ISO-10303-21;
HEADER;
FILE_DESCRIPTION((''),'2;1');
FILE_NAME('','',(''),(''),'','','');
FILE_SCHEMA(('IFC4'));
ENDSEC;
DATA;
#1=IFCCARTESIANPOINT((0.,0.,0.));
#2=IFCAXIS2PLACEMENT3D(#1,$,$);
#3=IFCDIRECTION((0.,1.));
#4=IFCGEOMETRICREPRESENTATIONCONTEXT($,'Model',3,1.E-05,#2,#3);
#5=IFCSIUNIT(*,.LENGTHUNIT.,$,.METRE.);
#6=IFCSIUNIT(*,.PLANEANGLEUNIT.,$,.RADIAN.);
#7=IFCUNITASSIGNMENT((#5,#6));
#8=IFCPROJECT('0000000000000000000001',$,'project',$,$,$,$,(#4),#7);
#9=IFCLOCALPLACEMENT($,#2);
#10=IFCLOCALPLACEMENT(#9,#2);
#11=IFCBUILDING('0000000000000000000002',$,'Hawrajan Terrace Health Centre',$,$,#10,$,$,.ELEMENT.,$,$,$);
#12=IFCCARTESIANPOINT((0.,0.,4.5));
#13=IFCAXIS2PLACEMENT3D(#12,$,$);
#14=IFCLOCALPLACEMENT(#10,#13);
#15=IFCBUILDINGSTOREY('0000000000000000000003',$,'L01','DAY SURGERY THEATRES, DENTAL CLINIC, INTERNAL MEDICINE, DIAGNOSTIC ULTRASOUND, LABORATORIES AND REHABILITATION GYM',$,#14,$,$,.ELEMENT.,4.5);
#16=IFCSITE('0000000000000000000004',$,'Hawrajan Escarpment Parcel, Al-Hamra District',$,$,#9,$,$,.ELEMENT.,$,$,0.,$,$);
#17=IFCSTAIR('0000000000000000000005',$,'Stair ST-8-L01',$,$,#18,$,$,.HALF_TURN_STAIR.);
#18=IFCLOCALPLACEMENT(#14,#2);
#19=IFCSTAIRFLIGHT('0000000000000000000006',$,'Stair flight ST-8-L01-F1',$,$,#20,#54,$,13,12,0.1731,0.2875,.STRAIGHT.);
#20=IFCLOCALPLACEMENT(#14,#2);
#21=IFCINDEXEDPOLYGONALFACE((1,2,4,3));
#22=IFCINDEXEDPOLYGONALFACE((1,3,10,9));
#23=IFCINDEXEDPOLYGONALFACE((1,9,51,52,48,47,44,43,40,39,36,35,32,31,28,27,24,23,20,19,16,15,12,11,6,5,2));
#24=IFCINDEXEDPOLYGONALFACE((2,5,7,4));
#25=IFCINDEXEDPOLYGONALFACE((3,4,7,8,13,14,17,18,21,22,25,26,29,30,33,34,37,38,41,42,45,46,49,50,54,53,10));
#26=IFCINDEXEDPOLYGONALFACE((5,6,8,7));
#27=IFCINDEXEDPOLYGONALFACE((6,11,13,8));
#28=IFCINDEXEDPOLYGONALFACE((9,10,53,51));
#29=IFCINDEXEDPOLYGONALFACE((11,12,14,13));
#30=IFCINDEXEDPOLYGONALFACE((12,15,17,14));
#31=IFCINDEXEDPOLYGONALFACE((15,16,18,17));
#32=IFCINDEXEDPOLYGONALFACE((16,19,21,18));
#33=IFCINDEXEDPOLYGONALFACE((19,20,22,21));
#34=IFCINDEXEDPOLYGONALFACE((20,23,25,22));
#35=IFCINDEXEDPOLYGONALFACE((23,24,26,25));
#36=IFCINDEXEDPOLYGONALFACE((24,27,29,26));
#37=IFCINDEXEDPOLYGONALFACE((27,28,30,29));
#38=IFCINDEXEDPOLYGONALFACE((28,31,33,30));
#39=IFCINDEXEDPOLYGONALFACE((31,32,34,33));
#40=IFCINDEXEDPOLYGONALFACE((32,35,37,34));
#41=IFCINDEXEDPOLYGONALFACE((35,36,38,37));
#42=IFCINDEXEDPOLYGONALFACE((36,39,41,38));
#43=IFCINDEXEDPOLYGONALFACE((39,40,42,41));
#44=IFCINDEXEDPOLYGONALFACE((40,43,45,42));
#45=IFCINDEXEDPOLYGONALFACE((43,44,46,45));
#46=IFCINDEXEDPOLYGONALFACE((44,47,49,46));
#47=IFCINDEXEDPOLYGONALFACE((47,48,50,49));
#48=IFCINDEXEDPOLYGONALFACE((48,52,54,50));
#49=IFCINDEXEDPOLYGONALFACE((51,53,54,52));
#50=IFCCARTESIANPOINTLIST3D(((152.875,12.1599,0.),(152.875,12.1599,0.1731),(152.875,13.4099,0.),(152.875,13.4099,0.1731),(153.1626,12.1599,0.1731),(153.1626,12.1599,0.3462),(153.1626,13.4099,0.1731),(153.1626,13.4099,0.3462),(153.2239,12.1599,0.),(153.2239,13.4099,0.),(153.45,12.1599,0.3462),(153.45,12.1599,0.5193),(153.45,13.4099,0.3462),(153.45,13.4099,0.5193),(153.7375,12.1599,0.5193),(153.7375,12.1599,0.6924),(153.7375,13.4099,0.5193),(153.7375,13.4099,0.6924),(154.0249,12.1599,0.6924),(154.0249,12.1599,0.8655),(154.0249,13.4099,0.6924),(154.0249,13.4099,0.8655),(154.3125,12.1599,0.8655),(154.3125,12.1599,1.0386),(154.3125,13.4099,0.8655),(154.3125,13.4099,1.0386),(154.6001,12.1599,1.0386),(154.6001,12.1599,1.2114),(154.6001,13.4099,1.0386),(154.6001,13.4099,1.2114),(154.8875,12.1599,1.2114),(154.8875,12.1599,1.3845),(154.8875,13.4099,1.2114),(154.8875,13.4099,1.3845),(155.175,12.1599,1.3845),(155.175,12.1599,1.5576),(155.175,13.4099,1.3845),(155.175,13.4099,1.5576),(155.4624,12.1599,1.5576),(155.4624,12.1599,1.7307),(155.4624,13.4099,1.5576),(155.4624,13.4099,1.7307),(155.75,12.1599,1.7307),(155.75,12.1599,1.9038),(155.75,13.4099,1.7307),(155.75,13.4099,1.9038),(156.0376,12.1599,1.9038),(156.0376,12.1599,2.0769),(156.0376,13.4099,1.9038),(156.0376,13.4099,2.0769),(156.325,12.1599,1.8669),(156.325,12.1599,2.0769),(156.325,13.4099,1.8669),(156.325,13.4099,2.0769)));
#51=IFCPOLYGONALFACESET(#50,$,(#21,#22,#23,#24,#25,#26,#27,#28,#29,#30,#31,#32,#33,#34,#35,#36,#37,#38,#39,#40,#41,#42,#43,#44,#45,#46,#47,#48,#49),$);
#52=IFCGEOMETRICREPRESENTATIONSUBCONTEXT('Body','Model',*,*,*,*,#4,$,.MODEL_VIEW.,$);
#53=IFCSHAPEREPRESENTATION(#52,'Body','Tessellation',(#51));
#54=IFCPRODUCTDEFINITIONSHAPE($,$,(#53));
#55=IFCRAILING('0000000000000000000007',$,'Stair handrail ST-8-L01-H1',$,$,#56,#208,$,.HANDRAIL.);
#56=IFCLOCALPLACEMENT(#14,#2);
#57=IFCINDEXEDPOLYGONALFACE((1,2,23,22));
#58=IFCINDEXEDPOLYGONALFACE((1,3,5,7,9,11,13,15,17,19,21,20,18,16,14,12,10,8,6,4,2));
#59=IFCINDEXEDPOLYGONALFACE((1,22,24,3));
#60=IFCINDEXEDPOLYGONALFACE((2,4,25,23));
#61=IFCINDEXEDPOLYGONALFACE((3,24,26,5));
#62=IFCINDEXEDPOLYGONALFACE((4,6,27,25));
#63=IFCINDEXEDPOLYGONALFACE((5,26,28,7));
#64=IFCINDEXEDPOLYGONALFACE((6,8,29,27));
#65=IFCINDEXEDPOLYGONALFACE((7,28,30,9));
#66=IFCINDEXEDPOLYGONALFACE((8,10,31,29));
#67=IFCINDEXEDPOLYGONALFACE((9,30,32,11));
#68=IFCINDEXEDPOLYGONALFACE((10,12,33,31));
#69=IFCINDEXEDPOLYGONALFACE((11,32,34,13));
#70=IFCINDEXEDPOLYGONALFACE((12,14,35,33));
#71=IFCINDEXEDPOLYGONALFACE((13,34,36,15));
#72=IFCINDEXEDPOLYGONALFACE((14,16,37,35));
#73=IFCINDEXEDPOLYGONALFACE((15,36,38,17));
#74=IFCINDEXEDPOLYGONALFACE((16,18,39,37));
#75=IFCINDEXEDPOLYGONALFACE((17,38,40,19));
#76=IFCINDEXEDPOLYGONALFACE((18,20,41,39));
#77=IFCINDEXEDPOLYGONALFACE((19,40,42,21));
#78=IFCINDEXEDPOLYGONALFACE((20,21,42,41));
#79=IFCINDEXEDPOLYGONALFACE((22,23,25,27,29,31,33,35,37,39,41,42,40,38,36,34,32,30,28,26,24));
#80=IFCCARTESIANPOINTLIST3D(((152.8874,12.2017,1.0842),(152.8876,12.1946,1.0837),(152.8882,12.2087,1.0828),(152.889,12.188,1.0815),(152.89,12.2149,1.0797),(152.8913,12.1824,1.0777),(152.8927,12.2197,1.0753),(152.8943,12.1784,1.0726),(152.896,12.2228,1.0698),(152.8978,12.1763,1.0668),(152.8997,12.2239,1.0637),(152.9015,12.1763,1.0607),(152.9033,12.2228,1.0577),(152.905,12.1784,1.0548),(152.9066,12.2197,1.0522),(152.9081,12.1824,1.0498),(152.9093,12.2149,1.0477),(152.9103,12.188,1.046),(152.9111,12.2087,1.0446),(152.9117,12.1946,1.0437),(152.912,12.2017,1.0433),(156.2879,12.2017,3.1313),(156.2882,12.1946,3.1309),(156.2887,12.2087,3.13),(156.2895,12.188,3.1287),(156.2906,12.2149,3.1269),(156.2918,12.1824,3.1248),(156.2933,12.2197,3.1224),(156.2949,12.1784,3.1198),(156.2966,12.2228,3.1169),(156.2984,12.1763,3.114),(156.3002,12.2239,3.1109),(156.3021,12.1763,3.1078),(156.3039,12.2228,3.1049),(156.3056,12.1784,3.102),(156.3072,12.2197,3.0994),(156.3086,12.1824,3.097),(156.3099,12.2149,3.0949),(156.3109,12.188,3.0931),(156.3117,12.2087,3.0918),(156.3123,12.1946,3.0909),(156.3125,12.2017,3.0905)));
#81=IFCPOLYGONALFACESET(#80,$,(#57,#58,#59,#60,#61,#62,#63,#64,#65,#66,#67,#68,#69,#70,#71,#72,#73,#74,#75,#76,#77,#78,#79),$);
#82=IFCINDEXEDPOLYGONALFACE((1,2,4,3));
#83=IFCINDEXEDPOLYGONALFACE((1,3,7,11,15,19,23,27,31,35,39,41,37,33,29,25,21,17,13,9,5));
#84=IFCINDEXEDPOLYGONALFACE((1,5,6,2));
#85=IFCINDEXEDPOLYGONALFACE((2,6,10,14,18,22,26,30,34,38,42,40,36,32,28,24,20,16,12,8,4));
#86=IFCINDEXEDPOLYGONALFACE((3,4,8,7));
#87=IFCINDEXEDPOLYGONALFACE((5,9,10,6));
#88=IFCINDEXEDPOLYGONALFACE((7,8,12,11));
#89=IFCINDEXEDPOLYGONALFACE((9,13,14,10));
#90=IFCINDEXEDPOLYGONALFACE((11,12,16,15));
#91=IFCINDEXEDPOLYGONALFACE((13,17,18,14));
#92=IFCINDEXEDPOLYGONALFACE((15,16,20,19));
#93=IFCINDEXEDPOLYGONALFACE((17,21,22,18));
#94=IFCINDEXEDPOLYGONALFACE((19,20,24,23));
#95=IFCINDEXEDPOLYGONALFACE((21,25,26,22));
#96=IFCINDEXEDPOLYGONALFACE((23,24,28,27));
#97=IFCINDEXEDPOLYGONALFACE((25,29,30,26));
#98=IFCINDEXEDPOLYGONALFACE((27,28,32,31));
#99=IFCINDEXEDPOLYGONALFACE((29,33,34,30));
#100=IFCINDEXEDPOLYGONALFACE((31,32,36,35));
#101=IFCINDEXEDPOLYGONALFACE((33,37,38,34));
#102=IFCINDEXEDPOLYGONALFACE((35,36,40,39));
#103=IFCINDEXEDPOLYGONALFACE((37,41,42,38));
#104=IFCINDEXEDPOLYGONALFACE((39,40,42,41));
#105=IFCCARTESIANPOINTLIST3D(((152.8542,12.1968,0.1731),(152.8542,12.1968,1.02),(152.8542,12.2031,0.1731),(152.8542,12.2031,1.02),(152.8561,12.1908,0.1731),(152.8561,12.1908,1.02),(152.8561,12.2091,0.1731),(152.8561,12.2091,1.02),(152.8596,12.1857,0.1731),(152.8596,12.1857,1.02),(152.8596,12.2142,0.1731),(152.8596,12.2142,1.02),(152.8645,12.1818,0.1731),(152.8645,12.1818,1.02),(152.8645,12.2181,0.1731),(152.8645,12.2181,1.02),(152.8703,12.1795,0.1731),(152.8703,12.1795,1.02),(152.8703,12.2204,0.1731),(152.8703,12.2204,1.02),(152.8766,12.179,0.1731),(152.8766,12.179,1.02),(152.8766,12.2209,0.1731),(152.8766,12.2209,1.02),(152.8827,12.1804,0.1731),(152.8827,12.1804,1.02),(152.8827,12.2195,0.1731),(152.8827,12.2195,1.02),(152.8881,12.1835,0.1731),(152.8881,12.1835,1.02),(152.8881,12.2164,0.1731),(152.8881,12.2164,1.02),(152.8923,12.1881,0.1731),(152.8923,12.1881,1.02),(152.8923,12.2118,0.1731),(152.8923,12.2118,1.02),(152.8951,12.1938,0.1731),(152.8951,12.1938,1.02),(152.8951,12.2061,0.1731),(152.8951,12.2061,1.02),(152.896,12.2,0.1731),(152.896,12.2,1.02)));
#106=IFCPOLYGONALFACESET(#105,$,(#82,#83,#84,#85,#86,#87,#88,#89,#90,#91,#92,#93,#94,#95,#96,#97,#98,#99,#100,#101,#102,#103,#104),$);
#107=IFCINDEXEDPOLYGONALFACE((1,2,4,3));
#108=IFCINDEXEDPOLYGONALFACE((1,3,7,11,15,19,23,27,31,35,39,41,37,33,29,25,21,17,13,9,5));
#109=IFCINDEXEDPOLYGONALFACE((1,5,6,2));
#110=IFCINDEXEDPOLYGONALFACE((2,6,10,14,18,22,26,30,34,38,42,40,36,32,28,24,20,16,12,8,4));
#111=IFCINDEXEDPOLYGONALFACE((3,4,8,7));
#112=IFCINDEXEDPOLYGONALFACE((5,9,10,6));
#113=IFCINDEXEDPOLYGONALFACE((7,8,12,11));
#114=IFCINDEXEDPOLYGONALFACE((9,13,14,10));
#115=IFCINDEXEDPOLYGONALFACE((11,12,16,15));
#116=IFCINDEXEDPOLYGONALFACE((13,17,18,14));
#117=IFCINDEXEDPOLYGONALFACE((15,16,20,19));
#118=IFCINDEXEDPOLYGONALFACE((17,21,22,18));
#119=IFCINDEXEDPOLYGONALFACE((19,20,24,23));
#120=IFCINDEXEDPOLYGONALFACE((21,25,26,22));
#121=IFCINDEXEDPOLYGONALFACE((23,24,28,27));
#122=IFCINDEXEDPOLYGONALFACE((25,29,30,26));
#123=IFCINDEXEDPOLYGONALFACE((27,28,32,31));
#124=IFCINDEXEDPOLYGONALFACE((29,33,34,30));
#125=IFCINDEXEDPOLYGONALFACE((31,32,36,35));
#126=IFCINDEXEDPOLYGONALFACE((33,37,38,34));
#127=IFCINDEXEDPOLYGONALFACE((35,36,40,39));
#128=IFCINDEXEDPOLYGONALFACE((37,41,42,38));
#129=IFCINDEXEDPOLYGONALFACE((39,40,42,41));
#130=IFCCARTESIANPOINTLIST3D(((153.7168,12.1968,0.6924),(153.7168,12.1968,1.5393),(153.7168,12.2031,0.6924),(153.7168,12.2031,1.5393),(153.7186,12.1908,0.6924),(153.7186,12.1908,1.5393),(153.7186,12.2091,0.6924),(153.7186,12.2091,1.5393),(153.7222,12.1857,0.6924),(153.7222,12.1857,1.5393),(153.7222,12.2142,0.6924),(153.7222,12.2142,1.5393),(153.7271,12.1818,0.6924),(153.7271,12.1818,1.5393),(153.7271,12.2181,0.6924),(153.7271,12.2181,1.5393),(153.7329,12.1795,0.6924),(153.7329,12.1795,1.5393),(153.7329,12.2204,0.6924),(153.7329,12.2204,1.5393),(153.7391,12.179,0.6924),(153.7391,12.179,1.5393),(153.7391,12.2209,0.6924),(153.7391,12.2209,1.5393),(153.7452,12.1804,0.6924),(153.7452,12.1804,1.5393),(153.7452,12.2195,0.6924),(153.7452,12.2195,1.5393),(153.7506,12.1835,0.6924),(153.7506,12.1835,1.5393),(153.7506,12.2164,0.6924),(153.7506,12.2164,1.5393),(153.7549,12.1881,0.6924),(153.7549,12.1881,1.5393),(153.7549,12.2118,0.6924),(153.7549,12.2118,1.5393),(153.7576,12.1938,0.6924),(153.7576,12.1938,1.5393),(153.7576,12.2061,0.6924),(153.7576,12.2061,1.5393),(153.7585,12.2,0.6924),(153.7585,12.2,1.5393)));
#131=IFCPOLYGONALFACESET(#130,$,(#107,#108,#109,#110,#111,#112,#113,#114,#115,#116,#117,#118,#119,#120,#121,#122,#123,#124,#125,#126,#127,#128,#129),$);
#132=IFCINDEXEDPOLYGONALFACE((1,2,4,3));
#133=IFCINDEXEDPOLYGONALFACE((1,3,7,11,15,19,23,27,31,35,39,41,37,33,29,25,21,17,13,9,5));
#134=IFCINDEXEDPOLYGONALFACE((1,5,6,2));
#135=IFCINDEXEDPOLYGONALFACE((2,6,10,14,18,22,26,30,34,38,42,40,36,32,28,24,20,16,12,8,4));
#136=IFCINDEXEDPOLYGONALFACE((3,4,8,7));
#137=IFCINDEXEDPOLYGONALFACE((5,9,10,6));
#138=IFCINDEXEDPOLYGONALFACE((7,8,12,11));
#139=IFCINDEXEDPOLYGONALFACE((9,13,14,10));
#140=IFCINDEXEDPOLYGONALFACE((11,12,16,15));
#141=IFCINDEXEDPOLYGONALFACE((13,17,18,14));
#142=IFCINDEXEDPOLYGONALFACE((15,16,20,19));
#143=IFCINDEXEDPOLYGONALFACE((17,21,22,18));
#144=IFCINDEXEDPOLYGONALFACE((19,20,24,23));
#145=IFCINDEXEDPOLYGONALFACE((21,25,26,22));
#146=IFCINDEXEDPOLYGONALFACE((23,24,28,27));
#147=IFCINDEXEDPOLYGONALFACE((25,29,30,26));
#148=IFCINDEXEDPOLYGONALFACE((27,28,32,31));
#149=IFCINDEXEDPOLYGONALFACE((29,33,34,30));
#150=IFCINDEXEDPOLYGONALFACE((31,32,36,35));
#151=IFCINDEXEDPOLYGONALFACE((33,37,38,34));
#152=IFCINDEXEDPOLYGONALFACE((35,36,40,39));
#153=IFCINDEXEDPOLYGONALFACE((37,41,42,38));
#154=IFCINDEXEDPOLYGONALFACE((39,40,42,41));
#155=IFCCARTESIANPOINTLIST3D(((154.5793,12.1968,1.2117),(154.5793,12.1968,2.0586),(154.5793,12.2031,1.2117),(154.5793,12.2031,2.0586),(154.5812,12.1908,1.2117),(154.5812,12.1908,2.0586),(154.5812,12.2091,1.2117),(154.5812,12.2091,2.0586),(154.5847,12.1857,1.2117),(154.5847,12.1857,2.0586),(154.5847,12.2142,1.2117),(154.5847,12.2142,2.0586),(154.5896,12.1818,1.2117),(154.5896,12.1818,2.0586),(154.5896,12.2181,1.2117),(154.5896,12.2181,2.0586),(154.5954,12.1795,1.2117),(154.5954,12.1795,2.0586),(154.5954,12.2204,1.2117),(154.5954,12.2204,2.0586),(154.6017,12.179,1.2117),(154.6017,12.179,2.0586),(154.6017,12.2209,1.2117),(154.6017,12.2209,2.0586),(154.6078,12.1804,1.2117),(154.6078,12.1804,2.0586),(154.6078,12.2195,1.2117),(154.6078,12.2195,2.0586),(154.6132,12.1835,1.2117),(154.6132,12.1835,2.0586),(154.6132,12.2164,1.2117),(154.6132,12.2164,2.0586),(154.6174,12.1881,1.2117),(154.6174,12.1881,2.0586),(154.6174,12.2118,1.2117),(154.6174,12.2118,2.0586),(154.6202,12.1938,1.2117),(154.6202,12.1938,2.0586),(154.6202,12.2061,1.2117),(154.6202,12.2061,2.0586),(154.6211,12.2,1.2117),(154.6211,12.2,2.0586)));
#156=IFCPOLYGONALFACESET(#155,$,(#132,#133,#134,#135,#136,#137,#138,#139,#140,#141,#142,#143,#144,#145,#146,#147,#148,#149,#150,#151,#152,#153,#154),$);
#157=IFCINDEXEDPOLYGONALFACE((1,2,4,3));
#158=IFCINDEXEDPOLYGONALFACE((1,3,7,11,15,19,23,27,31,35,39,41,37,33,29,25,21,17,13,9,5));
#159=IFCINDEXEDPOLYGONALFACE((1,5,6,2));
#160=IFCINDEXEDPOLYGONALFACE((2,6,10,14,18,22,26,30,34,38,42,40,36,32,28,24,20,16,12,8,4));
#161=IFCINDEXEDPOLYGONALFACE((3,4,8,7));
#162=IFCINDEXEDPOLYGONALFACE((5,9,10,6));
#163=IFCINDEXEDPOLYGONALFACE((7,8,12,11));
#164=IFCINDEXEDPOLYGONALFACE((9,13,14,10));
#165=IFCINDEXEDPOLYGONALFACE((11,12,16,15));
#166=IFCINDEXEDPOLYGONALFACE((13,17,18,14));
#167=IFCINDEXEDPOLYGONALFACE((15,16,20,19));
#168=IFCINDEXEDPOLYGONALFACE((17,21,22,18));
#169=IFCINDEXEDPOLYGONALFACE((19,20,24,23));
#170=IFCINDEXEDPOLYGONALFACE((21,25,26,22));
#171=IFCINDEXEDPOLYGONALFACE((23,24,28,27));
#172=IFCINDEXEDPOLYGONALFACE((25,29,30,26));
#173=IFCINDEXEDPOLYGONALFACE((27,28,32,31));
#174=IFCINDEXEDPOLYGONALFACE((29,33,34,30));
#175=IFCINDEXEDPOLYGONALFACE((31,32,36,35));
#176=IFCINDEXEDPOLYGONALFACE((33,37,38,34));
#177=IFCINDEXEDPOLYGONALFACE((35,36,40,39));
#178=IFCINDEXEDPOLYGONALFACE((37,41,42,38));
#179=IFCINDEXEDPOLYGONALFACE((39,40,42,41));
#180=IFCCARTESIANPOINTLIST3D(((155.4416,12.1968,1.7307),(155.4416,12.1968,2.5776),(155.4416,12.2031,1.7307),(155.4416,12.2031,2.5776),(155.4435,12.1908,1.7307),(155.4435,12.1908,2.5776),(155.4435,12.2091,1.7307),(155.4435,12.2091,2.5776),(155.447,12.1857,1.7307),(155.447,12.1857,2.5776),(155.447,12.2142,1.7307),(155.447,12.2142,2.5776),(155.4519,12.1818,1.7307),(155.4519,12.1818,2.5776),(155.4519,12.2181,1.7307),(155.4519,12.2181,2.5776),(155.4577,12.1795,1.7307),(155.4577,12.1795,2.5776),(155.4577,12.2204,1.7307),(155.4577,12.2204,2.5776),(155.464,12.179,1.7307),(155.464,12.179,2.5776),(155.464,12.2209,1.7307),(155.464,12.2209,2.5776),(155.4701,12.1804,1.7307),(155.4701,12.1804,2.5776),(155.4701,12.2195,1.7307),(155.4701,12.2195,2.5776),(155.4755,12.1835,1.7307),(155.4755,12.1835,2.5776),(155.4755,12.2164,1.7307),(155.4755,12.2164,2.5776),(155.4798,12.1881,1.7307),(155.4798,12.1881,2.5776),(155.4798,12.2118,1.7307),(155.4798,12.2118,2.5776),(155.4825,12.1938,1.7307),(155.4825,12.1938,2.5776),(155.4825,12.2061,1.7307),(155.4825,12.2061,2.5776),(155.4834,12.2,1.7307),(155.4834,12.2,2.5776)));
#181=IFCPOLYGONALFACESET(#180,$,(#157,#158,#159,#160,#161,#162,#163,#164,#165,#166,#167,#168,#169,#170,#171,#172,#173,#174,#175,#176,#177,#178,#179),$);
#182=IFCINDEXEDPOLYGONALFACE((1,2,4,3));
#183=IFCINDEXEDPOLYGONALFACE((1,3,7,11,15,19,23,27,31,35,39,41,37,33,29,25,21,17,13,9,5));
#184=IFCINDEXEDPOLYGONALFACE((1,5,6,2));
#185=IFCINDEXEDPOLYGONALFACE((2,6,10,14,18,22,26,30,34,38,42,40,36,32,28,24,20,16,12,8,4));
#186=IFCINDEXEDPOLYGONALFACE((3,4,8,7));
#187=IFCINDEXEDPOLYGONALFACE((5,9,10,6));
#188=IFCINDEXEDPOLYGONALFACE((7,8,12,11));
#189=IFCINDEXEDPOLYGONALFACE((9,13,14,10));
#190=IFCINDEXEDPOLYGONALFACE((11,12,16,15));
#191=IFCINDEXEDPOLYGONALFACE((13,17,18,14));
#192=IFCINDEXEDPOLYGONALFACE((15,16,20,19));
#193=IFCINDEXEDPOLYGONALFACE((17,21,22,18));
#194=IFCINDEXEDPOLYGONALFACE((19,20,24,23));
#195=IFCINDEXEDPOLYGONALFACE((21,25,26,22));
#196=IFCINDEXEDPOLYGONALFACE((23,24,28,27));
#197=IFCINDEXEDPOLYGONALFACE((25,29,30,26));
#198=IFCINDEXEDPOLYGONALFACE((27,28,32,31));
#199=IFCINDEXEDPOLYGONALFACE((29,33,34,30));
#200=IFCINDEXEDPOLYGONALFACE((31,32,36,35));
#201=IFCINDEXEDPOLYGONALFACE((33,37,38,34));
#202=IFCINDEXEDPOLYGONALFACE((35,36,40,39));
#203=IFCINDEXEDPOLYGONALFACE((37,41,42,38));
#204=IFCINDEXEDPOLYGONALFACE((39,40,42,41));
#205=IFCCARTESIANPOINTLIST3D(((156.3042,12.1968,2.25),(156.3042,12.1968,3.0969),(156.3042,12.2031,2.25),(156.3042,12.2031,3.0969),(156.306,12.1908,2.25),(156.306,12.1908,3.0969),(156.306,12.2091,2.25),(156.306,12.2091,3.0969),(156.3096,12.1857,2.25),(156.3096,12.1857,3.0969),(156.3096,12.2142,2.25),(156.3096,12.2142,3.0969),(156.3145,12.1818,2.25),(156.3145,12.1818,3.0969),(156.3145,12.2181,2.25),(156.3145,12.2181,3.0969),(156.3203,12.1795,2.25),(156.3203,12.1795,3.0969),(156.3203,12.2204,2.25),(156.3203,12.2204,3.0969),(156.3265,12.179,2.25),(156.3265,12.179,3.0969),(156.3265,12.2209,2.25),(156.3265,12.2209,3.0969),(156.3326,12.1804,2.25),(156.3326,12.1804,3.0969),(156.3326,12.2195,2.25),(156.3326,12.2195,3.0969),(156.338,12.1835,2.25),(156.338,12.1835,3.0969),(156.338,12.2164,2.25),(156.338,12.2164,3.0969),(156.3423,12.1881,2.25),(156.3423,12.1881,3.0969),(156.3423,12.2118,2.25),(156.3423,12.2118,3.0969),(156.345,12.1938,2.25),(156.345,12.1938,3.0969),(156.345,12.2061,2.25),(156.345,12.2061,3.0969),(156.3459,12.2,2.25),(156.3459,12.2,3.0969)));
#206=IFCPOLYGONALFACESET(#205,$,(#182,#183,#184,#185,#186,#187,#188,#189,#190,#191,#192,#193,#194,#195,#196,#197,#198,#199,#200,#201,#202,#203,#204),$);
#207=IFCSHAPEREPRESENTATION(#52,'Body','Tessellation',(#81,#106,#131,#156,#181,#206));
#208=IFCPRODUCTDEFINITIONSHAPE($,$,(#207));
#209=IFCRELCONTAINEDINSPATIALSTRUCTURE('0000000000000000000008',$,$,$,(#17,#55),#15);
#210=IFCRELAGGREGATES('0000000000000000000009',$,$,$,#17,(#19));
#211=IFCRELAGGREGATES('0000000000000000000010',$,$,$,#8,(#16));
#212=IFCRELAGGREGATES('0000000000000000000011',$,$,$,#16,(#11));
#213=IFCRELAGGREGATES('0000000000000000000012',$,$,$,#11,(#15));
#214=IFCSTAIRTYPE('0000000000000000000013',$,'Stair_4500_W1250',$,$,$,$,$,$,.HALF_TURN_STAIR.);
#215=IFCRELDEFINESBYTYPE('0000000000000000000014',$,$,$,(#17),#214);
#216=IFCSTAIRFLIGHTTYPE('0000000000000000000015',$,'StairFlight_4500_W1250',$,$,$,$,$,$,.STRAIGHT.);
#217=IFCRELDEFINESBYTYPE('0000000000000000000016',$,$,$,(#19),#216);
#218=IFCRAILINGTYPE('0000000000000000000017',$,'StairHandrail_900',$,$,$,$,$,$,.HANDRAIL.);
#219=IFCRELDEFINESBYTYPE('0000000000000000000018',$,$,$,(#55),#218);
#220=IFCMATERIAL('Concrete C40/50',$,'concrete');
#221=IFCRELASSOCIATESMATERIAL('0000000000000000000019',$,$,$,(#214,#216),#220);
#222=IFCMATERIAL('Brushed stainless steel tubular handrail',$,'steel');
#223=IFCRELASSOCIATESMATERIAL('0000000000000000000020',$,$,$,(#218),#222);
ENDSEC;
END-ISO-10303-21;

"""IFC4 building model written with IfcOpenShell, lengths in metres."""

from ifc_helpers import new_model, si_unit, direction, frame, origin, origin_2d, place, context, subcontext, project, spatial, polyline, circle, outline, extrude, material, type_object, element, aggregate, save


model = new_model("IFC4")

# Units and contexts
model_context = context("Model", 3, precision=1e-05, world=origin(), true_north=direction((0.0, 1.0)))
body_context = subcontext(model_context, "Body", "Model", "MODEL_VIEW")
ifc_project = project(units=[si_unit("LENGTHUNIT", "METRE"), si_unit("PLANEANGLEUNIT", "RADIAN")], contexts=[model_context])

# Site, building, storey
site_placement = place(None, origin())
site = spatial("IfcSite", under=ifc_project, at=site_placement, Name="Hawrajan Escarpment Parcel, Al-Hamra District", CompositionType="ELEMENT", RefElevation=0.0)
building_placement = place(site_placement, origin())
building = spatial("IfcBuilding", under=site, at=building_placement, Name="Hawrajan Terrace Health Centre", CompositionType="ELEMENT")
storey_placement = place(building_placement, frame((0.0, 0.0, 4.5)))
storey = spatial("IfcBuildingStorey", under=building, at=storey_placement, Name="L01", Description="DAY SURGERY THEATRES, DENTAL CLINIC, INTERNAL MEDICINE, DIAGNOSTIC ULTRASOUND, LABORATORIES AND REHABILITATION GYM", CompositionType="ELEMENT", Elevation=4.5)

# Shared definitions
ifc_material_1 = material(Name="Concrete C40/50", Category="concrete")

# Stair, stair flight
stair_type = type_object("IfcStairType", Name="Stair_4500_W1250", PredefinedType="HALF_TURN_STAIR", material=ifc_material_1)
stair_placement = place(storey_placement, origin())
stair = element("IfcStair", 1, at=stair_placement, inside=storey, type_object=stair_type, Name="Stair ST-8-L01", PredefinedType="HALF_TURN_STAIR")
stair_flight_type = type_object("IfcStairFlightType", Name="StairFlight_4500_W1250", PredefinedType="STRAIGHT", material=ifc_material_1)
stair_flight_placement = place(storey_placement, frame((152.875, 12.7849, 0.0), z_axis=(0.0, 0.0, 1.0), x_axis=(1.0, 0.0, 0.0)))
stair_flight = element("IfcStairFlight", 2, at=stair_flight_placement, type_object=stair_flight_type, Name="Stair flight ST-8-L01-F1", NumberOfRisers=13, NumberOfTreads=12, PredefinedType="STRAIGHT", RiserHeight=0.1731, TreadLength=0.2875, context=body_context, shape_type="SweptSolid", body=[
    extrude(outline(polyline([(0.0, 0.0), (0.0, 0.1731), (0.2876, 0.1731), (0.2876, 0.3462), (0.575, 0.3462), (0.575, 0.5193), (0.8625, 0.5193), (0.8625, 0.6924), (1.1499, 0.6924), (1.1499, 0.8655), (1.4375, 0.8655), (1.4375, 1.0386), (1.7251, 1.0386), (1.7251, 1.2114), (2.0125, 1.2114), (2.0125, 1.3845), (2.3, 1.3845), (2.3, 1.5576), (2.5874, 1.5576), (2.5874, 1.7307), (2.875, 1.7307), (2.875, 1.9038), (3.1626, 1.9038), (3.1626, 2.0769), (3.45, 2.0769), (3.45, 2.25), (3.45, 1.8669), (0.3489, 0.0), (0.0, 0.0)])), frame((0.0, 0.625, 0.0), z_axis=(0.0, -1.0, 0.0), x_axis=(1.0, 0.0, 0.0)), (0.0, 0.0, 1.0), 1.25),
])
aggregate(stair, [stair_flight])

# Railing
ifc_material_2 = material(Name="Brushed stainless steel tubular handrail", Category="steel")
railing_type_1 = type_object("IfcRailingType", Name="StairHandrail_900", PredefinedType="HANDRAIL", material=ifc_material_2)
railing_1_placement = place(storey_placement, frame((152.875, 12.2, 0.1731)))
element("IfcRailing", 3, at=railing_1_placement, inside=storey, type_object=railing_type_1, Name="Stair handrail ST-8-L01-H1", PredefinedType="HANDRAIL", context=body_context, shape_type="SweptSolid", body=[
    extrude(circle(Radius=0.0239, at=origin_2d()), frame((0.0247, 0.0, 0.8906), z_axis=(0.856732, 0.0, 0.515761), x_axis=(0.0, 1.0, 0.0)), (0.0, 0.0, 1.0), 3.9692),
    extrude(circle(Radius=0.021, at=origin_2d()), origin(), (0.0, 0.0, 1.0), 0.8469),
    extrude(circle(Radius=0.021, at=origin_2d()), frame((0.8625, 0.0, 0.5193)), (0.0, 0.0, 1.0), 0.8469),
    extrude(circle(Radius=0.021, at=origin_2d()), frame((1.7251, 0.0, 1.0386)), (0.0, 0.0, 1.0), 0.8469),
    extrude(circle(Radius=0.021, at=origin_2d()), frame((2.5874, 0.0, 1.5576)), (0.0, 0.0, 1.0), 0.8469),
    extrude(circle(Radius=0.021, at=origin_2d()), frame((3.45, 0.0, 2.0769)), (0.0, 0.0, 1.0), 0.8469),
])

save(model, "model.ifc")
